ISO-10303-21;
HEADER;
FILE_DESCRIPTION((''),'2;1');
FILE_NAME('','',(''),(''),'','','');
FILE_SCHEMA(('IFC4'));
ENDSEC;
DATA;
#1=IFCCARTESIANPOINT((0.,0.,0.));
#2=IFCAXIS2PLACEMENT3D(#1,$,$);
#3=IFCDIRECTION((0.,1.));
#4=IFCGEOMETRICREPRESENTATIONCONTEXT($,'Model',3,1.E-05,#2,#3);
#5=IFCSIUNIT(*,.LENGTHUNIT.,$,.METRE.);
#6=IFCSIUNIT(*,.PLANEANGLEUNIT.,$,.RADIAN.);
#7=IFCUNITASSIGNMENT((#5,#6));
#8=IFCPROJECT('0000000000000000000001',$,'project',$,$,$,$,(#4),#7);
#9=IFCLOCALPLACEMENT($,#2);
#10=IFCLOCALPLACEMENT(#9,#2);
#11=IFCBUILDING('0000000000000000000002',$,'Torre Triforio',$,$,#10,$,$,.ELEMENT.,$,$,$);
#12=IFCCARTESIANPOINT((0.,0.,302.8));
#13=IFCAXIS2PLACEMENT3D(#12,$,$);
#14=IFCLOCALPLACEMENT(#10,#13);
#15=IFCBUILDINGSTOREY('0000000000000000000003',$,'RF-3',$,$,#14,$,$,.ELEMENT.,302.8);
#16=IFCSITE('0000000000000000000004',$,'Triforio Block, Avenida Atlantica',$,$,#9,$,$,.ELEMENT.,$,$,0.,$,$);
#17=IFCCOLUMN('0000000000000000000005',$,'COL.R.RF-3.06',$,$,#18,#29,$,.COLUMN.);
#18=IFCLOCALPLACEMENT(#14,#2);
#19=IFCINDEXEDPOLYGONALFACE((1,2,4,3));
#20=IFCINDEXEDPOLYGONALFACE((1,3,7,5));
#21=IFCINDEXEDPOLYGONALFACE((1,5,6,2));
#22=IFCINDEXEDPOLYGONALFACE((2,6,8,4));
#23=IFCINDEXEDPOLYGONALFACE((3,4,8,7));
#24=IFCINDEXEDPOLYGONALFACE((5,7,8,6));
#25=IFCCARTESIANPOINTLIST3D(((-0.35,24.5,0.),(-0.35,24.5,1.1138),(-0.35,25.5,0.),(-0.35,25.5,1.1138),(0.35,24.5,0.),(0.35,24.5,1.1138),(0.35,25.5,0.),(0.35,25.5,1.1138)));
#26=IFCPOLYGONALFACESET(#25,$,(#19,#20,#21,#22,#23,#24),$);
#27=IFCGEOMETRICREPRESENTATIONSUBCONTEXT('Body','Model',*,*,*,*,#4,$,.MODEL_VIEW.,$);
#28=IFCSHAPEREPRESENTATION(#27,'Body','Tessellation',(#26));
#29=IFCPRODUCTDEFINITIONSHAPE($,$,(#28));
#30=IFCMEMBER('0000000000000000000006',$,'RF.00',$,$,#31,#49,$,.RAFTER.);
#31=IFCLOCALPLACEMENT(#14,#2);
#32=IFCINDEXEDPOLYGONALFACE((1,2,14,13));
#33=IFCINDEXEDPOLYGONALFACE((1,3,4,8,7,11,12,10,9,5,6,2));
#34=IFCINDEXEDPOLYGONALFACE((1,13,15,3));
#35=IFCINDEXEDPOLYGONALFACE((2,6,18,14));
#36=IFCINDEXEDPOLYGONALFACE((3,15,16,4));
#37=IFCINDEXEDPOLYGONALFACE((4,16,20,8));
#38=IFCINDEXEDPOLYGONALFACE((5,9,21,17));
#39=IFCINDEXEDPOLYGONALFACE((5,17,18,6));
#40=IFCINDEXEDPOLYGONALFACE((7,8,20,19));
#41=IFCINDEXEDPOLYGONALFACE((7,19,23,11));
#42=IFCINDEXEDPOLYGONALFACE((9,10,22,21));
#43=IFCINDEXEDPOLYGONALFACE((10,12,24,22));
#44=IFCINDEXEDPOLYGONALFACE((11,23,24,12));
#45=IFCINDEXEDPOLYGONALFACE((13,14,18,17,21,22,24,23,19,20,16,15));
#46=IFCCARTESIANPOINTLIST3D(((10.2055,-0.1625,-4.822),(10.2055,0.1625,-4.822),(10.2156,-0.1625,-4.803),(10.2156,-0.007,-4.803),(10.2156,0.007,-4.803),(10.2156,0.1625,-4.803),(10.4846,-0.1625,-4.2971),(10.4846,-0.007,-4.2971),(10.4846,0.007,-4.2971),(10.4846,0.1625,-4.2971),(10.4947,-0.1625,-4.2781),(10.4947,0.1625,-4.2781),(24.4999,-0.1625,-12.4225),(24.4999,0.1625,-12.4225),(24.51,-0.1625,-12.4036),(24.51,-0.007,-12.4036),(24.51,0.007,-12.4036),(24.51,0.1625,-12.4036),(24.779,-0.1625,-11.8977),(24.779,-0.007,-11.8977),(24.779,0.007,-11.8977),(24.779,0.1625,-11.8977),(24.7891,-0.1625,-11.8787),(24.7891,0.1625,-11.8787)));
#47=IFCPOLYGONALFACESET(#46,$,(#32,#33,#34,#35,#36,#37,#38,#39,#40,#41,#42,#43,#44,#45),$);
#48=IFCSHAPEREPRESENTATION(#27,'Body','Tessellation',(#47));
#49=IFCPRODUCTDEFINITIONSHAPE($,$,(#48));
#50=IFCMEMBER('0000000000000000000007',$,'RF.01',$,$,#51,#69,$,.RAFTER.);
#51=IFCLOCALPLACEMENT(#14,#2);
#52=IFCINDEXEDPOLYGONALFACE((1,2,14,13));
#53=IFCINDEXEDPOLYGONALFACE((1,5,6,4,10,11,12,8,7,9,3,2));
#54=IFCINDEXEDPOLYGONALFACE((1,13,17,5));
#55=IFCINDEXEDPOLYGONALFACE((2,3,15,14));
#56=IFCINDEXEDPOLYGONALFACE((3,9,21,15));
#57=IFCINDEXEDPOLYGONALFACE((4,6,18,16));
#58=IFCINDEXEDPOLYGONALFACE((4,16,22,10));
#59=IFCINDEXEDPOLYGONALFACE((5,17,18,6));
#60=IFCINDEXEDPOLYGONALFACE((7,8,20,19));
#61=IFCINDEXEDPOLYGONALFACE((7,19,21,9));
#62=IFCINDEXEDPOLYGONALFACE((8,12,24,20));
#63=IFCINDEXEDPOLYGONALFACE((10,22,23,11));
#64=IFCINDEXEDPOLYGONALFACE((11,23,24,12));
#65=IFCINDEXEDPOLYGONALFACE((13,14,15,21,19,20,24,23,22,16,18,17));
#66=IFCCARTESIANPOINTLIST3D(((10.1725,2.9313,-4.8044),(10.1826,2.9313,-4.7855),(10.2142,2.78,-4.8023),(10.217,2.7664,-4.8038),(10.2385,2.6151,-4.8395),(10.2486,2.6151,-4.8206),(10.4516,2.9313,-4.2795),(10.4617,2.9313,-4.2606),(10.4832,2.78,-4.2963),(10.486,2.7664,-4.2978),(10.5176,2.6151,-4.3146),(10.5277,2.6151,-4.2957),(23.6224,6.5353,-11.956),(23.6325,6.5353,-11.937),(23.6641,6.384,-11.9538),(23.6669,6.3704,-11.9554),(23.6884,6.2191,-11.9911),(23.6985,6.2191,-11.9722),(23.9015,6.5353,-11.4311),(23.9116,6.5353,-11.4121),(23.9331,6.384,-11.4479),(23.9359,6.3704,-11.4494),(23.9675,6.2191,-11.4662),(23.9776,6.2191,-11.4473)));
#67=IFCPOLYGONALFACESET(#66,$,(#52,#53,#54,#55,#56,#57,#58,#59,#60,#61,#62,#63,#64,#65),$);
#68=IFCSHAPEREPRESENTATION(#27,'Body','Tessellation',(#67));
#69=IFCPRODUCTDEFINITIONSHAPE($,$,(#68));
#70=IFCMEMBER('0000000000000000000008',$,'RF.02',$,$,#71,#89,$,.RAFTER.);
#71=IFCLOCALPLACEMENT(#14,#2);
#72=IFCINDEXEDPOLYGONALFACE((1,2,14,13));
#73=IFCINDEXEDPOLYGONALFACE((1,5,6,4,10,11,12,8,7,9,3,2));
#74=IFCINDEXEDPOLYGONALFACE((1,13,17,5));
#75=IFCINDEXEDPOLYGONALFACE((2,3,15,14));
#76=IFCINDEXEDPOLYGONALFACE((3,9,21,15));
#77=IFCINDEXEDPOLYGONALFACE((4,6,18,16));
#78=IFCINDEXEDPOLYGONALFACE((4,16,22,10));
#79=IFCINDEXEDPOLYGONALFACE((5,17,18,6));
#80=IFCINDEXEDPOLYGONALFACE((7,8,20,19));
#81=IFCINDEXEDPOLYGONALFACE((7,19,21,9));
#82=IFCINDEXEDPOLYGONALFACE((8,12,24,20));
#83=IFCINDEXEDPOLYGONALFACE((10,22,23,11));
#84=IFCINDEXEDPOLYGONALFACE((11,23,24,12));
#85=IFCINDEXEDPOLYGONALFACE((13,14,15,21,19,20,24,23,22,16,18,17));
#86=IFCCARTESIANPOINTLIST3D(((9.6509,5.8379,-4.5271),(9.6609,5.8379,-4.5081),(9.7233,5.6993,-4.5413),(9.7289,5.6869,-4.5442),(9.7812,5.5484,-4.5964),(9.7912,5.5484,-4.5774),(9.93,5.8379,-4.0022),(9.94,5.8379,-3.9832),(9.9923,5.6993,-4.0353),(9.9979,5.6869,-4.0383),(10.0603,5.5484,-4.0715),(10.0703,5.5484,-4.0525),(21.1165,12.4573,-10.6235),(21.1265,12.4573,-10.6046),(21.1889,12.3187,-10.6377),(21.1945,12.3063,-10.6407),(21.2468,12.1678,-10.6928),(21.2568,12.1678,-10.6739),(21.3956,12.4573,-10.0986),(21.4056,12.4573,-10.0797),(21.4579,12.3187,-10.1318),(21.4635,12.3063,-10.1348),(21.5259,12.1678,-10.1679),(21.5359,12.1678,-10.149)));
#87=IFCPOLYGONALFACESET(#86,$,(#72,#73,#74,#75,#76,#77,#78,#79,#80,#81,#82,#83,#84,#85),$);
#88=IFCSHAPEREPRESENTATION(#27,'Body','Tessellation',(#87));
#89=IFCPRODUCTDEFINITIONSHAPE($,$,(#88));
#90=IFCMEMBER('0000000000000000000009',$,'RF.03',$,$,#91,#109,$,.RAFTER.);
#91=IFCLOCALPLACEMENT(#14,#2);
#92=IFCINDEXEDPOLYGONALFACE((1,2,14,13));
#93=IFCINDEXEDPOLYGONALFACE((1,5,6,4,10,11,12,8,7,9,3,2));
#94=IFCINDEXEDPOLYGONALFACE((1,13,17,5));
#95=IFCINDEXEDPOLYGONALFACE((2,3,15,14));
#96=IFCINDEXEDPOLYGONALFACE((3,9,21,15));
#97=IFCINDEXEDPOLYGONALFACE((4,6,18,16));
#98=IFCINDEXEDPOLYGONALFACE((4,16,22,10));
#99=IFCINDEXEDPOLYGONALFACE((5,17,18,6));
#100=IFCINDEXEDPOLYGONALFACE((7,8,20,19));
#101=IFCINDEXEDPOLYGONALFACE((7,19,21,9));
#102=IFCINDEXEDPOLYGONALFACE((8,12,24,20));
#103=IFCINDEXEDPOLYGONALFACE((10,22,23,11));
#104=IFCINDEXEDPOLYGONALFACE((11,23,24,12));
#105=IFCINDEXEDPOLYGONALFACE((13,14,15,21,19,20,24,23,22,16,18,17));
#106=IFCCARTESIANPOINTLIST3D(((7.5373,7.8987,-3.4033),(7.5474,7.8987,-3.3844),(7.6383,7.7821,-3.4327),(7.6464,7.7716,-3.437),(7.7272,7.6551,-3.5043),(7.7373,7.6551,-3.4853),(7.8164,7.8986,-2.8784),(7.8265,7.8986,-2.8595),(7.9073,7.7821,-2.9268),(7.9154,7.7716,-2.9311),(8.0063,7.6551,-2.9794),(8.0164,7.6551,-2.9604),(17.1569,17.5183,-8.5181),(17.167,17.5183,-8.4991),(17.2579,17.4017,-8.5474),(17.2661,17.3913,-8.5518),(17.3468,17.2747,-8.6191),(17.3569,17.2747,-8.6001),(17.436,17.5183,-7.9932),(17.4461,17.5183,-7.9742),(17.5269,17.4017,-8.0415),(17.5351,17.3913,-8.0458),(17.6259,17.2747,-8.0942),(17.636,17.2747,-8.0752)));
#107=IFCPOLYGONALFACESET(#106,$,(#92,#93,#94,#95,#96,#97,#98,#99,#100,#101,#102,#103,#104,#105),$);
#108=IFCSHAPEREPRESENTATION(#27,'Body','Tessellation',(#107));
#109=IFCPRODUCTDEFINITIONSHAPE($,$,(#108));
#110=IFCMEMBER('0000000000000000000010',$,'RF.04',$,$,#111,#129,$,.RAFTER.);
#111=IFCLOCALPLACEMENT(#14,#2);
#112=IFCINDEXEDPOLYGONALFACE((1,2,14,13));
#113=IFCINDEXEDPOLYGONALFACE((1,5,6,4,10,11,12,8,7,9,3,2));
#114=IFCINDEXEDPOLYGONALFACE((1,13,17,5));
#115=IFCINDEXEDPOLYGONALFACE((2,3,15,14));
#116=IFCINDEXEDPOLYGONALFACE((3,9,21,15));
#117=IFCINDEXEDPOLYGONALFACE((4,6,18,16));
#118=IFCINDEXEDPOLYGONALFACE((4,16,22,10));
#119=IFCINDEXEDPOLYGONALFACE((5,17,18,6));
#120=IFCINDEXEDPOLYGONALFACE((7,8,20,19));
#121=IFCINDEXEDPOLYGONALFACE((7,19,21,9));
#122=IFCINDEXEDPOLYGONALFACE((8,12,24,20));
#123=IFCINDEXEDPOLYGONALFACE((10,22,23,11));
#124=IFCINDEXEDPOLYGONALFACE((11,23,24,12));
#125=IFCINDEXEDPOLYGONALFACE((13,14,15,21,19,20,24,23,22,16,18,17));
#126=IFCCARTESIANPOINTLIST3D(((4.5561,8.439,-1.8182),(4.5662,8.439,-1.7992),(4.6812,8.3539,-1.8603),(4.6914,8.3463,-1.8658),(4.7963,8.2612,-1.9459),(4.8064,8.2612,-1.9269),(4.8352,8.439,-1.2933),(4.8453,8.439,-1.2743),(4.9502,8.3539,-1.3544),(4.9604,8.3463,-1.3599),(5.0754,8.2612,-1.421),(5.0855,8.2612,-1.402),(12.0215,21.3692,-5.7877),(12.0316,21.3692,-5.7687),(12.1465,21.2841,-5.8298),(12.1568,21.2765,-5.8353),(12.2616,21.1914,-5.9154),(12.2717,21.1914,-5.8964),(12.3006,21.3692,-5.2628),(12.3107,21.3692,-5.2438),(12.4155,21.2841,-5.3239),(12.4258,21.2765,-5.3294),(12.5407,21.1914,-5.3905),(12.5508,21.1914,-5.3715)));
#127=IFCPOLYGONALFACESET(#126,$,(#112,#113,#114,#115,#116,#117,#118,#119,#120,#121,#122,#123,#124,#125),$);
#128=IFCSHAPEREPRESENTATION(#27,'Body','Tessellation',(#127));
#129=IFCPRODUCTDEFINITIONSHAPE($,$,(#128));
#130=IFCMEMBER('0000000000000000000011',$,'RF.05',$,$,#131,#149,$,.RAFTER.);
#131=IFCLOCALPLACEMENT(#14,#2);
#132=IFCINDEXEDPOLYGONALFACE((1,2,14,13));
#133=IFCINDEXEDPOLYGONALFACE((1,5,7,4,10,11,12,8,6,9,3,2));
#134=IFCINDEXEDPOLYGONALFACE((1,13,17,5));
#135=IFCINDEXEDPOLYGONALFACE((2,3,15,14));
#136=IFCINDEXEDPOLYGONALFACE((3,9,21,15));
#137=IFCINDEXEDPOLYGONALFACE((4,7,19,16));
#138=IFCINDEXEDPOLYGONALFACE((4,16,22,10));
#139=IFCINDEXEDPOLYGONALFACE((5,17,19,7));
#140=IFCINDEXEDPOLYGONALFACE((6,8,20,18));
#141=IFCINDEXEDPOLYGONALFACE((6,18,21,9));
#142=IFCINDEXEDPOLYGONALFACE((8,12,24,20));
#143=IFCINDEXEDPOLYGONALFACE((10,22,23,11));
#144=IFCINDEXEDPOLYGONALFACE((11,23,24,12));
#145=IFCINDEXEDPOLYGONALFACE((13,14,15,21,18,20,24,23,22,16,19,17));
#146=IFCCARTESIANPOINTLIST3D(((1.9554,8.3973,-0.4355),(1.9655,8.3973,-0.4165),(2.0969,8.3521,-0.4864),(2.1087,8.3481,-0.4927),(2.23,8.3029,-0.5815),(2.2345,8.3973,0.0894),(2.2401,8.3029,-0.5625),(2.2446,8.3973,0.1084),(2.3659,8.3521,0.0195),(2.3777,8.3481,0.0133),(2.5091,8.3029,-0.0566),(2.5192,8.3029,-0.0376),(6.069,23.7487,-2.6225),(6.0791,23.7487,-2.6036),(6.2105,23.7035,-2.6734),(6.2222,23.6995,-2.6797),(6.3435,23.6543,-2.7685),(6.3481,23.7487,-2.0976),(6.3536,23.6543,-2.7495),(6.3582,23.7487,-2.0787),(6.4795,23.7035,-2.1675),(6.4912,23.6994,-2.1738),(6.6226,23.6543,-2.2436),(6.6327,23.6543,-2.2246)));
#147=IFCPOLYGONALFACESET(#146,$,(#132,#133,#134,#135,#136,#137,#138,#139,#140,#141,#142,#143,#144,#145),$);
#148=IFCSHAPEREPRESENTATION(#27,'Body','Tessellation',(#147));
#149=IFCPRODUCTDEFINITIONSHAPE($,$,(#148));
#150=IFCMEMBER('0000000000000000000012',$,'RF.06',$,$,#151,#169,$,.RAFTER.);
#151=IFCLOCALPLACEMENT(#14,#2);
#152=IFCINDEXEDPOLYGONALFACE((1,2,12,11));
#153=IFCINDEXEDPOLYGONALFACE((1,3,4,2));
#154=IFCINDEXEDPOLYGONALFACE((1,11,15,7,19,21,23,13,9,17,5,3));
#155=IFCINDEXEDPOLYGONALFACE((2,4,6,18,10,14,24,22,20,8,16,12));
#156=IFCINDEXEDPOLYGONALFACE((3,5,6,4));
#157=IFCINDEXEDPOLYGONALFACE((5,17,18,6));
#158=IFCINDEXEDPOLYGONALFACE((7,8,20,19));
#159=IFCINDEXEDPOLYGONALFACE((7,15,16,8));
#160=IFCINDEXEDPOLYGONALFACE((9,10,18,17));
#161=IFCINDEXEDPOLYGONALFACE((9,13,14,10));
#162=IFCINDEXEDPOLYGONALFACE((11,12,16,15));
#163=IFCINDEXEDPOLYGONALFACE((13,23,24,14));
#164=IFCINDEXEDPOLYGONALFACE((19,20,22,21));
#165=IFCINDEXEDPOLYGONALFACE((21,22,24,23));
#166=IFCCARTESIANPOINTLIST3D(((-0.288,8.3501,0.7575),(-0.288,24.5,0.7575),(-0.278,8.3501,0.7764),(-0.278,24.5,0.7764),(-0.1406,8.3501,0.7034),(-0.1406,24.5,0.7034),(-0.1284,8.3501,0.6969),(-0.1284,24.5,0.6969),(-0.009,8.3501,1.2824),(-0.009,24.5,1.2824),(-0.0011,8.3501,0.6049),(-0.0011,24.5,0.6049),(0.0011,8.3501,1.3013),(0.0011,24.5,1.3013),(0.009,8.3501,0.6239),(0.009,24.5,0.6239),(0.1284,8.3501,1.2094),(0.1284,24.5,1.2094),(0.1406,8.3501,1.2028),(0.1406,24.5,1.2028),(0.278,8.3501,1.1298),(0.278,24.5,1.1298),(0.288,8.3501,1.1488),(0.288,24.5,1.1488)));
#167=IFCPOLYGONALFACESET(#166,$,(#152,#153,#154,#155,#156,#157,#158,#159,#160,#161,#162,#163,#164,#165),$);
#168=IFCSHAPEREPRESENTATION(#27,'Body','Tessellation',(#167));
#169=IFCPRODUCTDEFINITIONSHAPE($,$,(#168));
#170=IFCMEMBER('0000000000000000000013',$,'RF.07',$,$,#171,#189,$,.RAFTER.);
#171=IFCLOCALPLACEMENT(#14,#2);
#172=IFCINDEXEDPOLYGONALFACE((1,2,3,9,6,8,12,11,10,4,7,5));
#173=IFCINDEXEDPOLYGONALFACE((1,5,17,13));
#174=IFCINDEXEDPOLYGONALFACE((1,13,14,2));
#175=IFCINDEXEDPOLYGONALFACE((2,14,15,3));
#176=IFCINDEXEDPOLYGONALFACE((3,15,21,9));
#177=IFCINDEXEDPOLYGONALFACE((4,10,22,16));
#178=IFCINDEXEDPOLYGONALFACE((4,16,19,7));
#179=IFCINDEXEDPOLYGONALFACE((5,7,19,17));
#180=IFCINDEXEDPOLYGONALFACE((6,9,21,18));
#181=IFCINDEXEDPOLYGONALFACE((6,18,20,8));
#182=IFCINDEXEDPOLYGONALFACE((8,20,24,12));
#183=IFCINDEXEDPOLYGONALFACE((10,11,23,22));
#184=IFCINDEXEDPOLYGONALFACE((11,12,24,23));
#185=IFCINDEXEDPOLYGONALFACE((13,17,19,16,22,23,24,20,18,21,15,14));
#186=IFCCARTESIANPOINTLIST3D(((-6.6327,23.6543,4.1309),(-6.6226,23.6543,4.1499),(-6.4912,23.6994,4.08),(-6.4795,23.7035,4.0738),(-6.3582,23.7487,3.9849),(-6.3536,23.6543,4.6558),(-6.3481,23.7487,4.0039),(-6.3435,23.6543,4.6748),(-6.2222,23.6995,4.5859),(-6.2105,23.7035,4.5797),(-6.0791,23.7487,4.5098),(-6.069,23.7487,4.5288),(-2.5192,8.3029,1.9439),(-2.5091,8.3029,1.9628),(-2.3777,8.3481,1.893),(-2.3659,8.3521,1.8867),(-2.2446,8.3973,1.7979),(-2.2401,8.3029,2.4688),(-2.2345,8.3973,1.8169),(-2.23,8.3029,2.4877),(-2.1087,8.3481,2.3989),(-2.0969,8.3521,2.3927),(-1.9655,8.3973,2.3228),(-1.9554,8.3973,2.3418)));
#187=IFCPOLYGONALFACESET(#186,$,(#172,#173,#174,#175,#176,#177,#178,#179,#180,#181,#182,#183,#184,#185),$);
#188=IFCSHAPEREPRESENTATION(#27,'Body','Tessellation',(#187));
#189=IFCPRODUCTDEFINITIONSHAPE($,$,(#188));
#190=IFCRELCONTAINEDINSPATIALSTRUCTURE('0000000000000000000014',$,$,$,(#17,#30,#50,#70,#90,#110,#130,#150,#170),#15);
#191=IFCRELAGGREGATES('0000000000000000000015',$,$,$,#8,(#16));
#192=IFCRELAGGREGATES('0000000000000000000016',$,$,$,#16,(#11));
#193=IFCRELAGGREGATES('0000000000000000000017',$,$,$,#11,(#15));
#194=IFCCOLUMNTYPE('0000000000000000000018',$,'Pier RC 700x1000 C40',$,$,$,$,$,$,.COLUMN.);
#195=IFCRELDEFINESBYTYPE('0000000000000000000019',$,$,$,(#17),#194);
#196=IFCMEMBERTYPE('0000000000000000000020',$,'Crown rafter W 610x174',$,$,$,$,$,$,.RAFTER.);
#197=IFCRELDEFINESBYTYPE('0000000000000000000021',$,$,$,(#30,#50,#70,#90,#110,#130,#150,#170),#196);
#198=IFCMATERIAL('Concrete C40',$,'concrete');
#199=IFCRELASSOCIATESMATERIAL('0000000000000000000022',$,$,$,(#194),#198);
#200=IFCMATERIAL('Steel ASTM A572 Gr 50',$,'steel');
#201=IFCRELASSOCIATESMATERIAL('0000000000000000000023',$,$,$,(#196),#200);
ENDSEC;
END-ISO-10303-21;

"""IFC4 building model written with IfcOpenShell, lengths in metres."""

from ifc_helpers import new_model, si_unit, direction, frame, origin, origin_2d, place, context, subcontext, project, spatial, rectangle, i_section, extrude, material, material_profile, profile_set, type_object, element, save


model = new_model("IFC4")

# Units and contexts
model_context = context("Model", 3, precision=1e-05, world=origin(), true_north=direction((0.0, 1.0)))
body_context = subcontext(model_context, "Body", "Model", "MODEL_VIEW")
ifc_project = project(units=[si_unit("LENGTHUNIT", "METRE"), si_unit("PLANEANGLEUNIT", "RADIAN")], contexts=[model_context])

# Site, building, storey
site_placement = place(None, origin())
site = spatial("IfcSite", under=ifc_project, at=site_placement, Name="Triforio Block, Avenida Atlantica", CompositionType="ELEMENT", RefElevation=0.0)
building_placement = place(site_placement, origin())
building = spatial("IfcBuilding", under=site, at=building_placement, Name="Torre Triforio", CompositionType="ELEMENT")
storey_placement = place(building_placement, frame((0.0, 0.0, 302.8)))
storey = spatial("IfcBuildingStorey", under=building, at=storey_placement, Name="RF-3", CompositionType="ELEMENT", Elevation=302.8)

# Column
ifc_material_1 = material(Name="Concrete C40", Category="concrete")
ifc_material_profile_1 = material_profile(ifc_material_1, rectangle(XDim=0.7, YDim=1.0, at=origin_2d()), Name="RC 700x1000")
ifc_profile_set_1 = profile_set([ifc_material_profile_1], Name="Concrete C40")
column_type = type_object("IfcColumnType", Name="Pier RC 700x1000 C40", PredefinedType="COLUMN", material=ifc_profile_set_1)
column_placement = place(storey_placement, frame((0.0, 25.0, 0.0), z_axis=(0.0, 0.0, 1.0), x_axis=(-1.0, 0.0, 0.0)))
element("IfcColumn", 1, at=column_placement, inside=storey, type_object=column_type, Name="COL.R.RF-3.06", PredefinedType="COLUMN", context=body_context, shape_type="SweptSolid", body=[
    extrude(rectangle(XDim=0.7, YDim=1.0, at=origin_2d()), origin(), (0.0, 0.0, 1.0), 1.1138),
])

# Members
ifc_material_2 = material(Name="Steel ASTM A572 Gr 50", Category="steel")
ifc_material_profile_2 = material_profile(ifc_material_2, i_section(OverallWidth=0.325, OverallDepth=0.616, WebThickness=0.0139, FlangeThickness=0.0215, at=origin_2d()), Name="W 610x174")
ifc_profile_set_2 = profile_set([ifc_material_profile_2], Name="Steel ASTM A572 Gr 50")
member_type = type_object("IfcMemberType", Name="Crown rafter W 610x174", PredefinedType="RAFTER", material=ifc_profile_set_2)
member_1_placement = place(storey_placement, frame((10.3501, 0.0, -4.55), z_axis=(0.882945, 0.0, -0.469476), x_axis=(0.0, 1.0, 0.0)))
element("IfcMember", 2, at=member_1_placement, inside=storey, type_object=member_type, Name="RF.00", PredefinedType="RAFTER", context=body_context, shape_type="SweptSolid", body=[
    extrude(i_section(OverallWidth=0.325, OverallDepth=0.616, WebThickness=0.0139, FlangeThickness=0.0215, at=origin_2d()), origin(), (0.0, 0.0, 1.0), 16.1895),
])
member_2_placement = place(storey_placement, frame((10.3501, 2.7732, -4.55), z_axis=(0.859223, 0.230235, -0.456867), x_axis=(-0.203287, 0.973135, 0.108086)))
element("IfcMember", 3, at=member_2_placement, inside=storey, type_object=member_type, Name="RF.01", PredefinedType="RAFTER", context=body_context, shape_type="SweptSolid", body=[
    extrude(i_section(OverallWidth=0.325, OverallDepth=0.616, WebThickness=0.0139, FlangeThickness=0.0215, at=origin_2d()), origin(), (0.0, 0.0, 1.0), 15.6536),
])
member_3_placement = place(storey_placement, frame((9.8606, 5.6931, -4.2898), z_axis=(0.786639, 0.454148, -0.418269), x_axis=(-0.400985, 0.890926, 0.213216)))
element("IfcMember", 4, at=member_3_placement, inside=storey, type_object=member_type, Name="RF.02", PredefinedType="RAFTER", context=body_context, shape_type="SweptSolid", body=[
    extrude(i_section(OverallWidth=0.325, OverallDepth=0.616, WebThickness=0.0139, FlangeThickness=0.0215, at=origin_2d()), origin(), (0.0, 0.0, 1.0), 14.5754),
])
member_4_placement = place(storey_placement, frame((7.7769, 7.7769, -3.1819), z_axis=(0.661874, 0.661874, -0.351918), x_axis=(-0.5844, 0.749615, 0.310731)))
element("IfcMember", 5, at=member_4_placement, inside=storey, type_object=member_type, Name="RF.03", PredefinedType="RAFTER", context=body_context, shape_type="SweptSolid", body=[
    extrude(i_section(OverallWidth=0.325, OverallDepth=0.616, WebThickness=0.0139, FlangeThickness=0.0215, at=origin_2d()), origin(), (0.0, 0.0, 1.0), 14.5339),
])
member_5_placement = place(storey_placement, frame((4.8208, 8.3501, -1.6101), z_axis=(0.483218, 0.836949, -0.256938), x_axis=(-0.738981, 0.547282, 0.392925)))
element("IfcMember", 6, at=member_5_placement, inside=storey, type_object=member_type, Name="RF.04", PredefinedType="RAFTER", context=body_context, shape_type="SweptSolid", body=[
    extrude(i_section(OverallWidth=0.325, OverallDepth=0.616, WebThickness=0.0139, FlangeThickness=0.0215, at=origin_2d()), origin(), (0.0, 0.0, 1.0), 15.4492),
])
member_6_placement = place(storey_placement, frame((2.2373, 8.3501, -0.2366), z_axis=(0.256412, 0.956906, -0.136325), x_axis=(-0.844897, 0.290399, 0.449241)))
element("IfcMember", 7, at=member_6_placement, inside=storey, type_object=member_type, Name="RF.05", PredefinedType="RAFTER", context=body_context, shape_type="SweptSolid", body=[
    extrude(i_section(OverallWidth=0.325, OverallDepth=0.616, WebThickness=0.0139, FlangeThickness=0.0215, at=origin_2d()), origin(), (0.0, 0.0, 1.0), 16.0427),
])
member_7_placement = place(storey_placement, frame((0.0, 8.3501, 0.9531), z_axis=(0.0, 1.0, 0.0), x_axis=(-0.882948, 0.0, 0.469472)))
element("IfcMember", 8, at=member_7_placement, inside=storey, type_object=member_type, Name="RF.06", PredefinedType="RAFTER", context=body_context, shape_type="SweptSolid", body=[
    extrude(i_section(OverallWidth=0.325, OverallDepth=0.616, WebThickness=0.0139, FlangeThickness=0.0215, at=origin_2d()), origin(), (0.0, 0.0, 1.0), 16.1499),
])
member_8_placement = place(storey_placement, frame((-2.2373, 8.3501, 2.1428), z_axis=(-0.256412, 0.956906, 0.136325), x_axis=(-0.844897, -0.290399, 0.449241)))
element("IfcMember", 9, at=member_8_placement, inside=storey, type_object=member_type, Name="RF.07", PredefinedType="RAFTER", context=body_context, shape_type="SweptSolid", body=[
    extrude(i_section(OverallWidth=0.325, OverallDepth=0.616, WebThickness=0.0139, FlangeThickness=0.0215, at=origin_2d()), origin(), (0.0, 0.0, 1.0), 16.0427),
])

save(model, "model.ifc")
